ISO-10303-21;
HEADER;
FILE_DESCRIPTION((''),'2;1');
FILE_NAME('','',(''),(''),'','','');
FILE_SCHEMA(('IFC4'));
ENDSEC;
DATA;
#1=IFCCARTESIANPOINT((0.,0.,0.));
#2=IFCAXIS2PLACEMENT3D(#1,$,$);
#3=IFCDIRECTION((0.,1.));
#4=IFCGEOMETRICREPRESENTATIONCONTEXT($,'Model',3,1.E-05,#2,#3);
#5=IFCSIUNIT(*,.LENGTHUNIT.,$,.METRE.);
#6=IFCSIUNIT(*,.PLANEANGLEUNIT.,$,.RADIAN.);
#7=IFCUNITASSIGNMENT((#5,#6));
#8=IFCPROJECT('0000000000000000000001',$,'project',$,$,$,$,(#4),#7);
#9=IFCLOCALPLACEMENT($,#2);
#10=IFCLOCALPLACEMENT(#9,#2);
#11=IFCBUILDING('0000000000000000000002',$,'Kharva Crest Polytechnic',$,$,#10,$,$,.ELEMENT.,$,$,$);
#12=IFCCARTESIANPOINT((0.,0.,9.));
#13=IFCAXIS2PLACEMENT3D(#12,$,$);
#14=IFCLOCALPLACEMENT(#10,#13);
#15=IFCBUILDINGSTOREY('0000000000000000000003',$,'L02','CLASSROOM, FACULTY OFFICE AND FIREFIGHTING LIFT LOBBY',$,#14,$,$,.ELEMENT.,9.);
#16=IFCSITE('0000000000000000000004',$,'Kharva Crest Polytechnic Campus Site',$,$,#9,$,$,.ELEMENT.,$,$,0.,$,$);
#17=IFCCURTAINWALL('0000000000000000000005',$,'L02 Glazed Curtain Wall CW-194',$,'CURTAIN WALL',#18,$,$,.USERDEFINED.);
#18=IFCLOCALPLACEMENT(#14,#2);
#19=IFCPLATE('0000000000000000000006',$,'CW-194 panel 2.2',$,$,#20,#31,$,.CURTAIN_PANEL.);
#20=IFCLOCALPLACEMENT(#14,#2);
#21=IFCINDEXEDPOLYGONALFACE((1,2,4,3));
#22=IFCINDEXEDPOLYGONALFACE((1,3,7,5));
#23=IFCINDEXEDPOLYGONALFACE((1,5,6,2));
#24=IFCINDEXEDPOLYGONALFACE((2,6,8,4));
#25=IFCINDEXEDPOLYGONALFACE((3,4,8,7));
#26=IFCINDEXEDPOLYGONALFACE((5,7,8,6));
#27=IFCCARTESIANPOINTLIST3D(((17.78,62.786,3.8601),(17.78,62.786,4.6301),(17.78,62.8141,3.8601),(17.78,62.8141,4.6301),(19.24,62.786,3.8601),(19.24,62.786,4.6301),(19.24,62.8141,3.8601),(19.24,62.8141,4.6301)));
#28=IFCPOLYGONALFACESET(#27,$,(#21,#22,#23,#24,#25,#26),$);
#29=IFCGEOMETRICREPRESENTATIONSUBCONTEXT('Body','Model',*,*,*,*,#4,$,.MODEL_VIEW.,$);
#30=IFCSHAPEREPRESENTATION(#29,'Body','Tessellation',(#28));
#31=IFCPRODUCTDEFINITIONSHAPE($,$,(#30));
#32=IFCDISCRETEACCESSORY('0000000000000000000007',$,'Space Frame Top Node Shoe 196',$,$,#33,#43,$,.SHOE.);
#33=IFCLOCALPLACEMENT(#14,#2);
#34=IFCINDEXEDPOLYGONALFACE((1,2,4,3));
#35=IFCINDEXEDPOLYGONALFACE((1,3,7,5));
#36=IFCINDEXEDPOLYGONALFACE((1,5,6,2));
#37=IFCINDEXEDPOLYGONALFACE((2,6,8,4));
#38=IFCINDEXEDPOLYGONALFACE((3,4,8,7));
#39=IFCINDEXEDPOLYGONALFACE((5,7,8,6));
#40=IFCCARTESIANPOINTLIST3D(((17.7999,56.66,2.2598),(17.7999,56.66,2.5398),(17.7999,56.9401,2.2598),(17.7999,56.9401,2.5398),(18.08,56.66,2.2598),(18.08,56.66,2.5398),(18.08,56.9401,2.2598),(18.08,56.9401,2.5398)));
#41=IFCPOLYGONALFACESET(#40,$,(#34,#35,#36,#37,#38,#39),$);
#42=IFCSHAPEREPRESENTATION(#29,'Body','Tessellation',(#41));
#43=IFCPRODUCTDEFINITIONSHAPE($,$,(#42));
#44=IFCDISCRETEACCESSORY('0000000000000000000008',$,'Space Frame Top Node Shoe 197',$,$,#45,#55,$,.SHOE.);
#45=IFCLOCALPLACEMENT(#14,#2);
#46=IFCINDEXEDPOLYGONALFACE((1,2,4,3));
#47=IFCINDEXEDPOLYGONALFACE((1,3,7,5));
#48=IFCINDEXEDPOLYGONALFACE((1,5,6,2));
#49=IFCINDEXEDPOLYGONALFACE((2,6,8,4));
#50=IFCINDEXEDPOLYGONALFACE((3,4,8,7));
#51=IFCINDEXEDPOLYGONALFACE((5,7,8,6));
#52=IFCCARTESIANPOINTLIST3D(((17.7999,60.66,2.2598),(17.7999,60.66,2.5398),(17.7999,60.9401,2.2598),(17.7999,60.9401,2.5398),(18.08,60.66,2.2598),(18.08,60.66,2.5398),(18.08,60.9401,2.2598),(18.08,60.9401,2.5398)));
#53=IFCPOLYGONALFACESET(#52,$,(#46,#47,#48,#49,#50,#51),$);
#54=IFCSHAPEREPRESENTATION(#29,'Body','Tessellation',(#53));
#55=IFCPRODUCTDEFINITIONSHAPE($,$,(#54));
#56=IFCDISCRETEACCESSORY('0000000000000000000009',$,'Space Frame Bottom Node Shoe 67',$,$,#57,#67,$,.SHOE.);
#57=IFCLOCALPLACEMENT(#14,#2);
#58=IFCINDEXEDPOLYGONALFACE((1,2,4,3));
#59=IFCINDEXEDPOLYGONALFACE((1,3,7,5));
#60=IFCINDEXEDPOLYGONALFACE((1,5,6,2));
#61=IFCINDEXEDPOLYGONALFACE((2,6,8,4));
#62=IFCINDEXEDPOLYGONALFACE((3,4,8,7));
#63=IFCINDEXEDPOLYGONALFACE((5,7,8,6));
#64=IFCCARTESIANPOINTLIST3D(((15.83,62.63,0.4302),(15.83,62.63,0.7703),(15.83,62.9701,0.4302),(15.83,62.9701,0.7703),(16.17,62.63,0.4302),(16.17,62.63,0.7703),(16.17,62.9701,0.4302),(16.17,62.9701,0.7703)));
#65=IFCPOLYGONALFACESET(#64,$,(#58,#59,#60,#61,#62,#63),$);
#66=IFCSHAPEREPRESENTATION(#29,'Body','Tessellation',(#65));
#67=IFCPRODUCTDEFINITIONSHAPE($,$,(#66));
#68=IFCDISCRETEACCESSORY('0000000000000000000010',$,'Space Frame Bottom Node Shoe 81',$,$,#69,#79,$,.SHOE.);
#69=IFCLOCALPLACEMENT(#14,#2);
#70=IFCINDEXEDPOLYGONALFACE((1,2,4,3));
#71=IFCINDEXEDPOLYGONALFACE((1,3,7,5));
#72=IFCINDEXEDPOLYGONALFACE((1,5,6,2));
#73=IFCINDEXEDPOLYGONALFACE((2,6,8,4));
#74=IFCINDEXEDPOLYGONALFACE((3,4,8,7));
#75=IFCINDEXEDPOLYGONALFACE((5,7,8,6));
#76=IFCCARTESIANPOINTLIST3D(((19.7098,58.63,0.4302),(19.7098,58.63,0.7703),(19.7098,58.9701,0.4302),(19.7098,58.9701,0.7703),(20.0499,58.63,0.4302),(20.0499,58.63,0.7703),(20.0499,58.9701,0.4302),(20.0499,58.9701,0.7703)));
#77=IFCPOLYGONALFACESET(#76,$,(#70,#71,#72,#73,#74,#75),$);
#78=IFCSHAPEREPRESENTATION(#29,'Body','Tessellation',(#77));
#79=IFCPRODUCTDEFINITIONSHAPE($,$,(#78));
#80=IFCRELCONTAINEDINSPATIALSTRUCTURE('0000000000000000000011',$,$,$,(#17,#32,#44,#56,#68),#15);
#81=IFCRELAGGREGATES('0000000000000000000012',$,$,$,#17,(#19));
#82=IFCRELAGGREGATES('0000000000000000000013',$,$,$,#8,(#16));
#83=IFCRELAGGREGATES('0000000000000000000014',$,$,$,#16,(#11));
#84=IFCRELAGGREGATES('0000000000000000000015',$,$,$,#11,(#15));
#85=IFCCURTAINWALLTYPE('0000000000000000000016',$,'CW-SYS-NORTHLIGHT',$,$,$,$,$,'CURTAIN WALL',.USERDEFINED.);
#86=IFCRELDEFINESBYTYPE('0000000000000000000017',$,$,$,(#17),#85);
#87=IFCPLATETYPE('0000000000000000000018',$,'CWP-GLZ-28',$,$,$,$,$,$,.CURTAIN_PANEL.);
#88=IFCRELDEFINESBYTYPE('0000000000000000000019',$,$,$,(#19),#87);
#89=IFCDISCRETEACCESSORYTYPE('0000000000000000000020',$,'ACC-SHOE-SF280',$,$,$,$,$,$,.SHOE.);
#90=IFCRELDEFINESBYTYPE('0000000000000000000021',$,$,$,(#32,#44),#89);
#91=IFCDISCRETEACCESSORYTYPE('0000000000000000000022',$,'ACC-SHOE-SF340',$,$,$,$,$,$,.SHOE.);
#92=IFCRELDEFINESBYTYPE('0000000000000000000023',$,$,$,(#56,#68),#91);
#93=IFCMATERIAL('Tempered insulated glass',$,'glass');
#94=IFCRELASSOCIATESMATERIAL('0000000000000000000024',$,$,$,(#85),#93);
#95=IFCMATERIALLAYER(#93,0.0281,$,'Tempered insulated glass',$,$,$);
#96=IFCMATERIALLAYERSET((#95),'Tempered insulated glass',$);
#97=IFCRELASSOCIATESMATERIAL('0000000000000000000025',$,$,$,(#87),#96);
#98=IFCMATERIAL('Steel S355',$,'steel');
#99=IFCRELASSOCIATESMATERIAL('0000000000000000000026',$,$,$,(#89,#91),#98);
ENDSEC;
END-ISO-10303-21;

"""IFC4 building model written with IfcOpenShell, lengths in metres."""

from ifc_helpers import new_model, si_unit, direction, frame, origin, origin_2d, place, context, subcontext, project, spatial, rectangle, extrude, material, layer, layer_set, type_object, element, aggregate, save


model = new_model("IFC4")

# Units and contexts
model_context = context("Model", 3, precision=1e-05, world=origin(), true_north=direction((0.0, 1.0)))
body_context = subcontext(model_context, "Body", "Model", "MODEL_VIEW")
ifc_project = project(units=[si_unit("LENGTHUNIT", "METRE"), si_unit("PLANEANGLEUNIT", "RADIAN")], contexts=[model_context])

# Site, building, storey
site_placement = place(None, origin())
site = spatial("IfcSite", under=ifc_project, at=site_placement, Name="Kharva Crest Polytechnic Campus Site", CompositionType="ELEMENT", RefElevation=0.0)
building_placement = place(site_placement, origin())
building = spatial("IfcBuilding", under=site, at=building_placement, Name="Kharva Crest Polytechnic", CompositionType="ELEMENT")
storey_placement = place(building_placement, frame((0.0, 0.0, 9.0)))
storey = spatial("IfcBuildingStorey", under=building, at=storey_placement, Name="L02", Description="CLASSROOM, FACULTY OFFICE AND FIREFIGHTING LIFT LOBBY", CompositionType="ELEMENT", Elevation=9.0)

# Curtain wall
ifc_material_1 = material(Name="Tempered insulated glass", Category="glass")
curtain_wall_type = type_object("IfcCurtainWallType", Name="CW-SYS-NORTHLIGHT", ElementType="CURTAIN WALL", PredefinedType="USERDEFINED", material=ifc_material_1)
curtain_wall_placement = place(storey_placement, origin())
curtain_wall = element("IfcCurtainWall", 1, at=curtain_wall_placement, inside=storey, type_object=curtain_wall_type, Name="L02 Glazed Curtain Wall CW-194", ObjectType="CURTAIN WALL", PredefinedType="USERDEFINED")
ifc_material_2 = material(Name="Steel S355", Category="steel")

# Plate
ifc_layer = layer(ifc_material_1, 0.0281, Name="Tempered insulated glass")
ifc_layer_set = layer_set([ifc_layer], Name="Tempered insulated glass")
plate_type = type_object("IfcPlateType", Name="CWP-GLZ-28", PredefinedType="CURTAIN_PANEL", material=ifc_layer_set)
plate_1_placement = place(storey_placement, frame((18.51, 62.8, 3.8601), z_axis=(0.0, 0.0, 1.0), x_axis=(1.0, 0.0, 0.0)))
plate_1 = element("IfcPlate", 2, at=plate_1_placement, type_object=plate_type, Name="CW-194 panel 2.2", PredefinedType="CURTAIN_PANEL", context=body_context, shape_type="SweptSolid", body=[
    extrude(rectangle(XDim=1.46, YDim=0.0281, at=origin_2d()), origin(), (0.0, 0.0, 1.0), 0.77),
])
aggregate(curtain_wall, [plate_1])

# Discrete accessories
discrete_accessory_type_1 = type_object("IfcDiscreteAccessoryType", Name="ACC-SHOE-SF280", PredefinedType="SHOE", material=ifc_material_2)
for number, where, z_axis, x_axis, name in (
    (3, (17.9399, 56.8, 2.2598), (0.0, 0.0, 1.0), (1.0, 0.0, 0.0), "Space Frame Top Node Shoe 196"),
    (4, (17.9399, 60.8, 2.2598), (0.0, 0.0, 1.0), (1.0, 0.0, 0.0), "Space Frame Top Node Shoe 197"),
):
    element("IfcDiscreteAccessory", number, at=place(storey_placement, frame(where, z_axis=z_axis, x_axis=x_axis)), inside=storey, type_object=discrete_accessory_type_1, Name=name, PredefinedType="SHOE", context=body_context, shape_type="SweptSolid", body=[
        extrude(rectangle(XDim=0.28, YDim=0.28, at=origin_2d()), origin(), (0.0, 0.0, 1.0), 0.28),
    ])
discrete_accessory_type_2 = type_object("IfcDiscreteAccessoryType", Name="ACC-SHOE-SF340", PredefinedType="SHOE", material=ifc_material_2)
for number, where, z_axis, x_axis, name in (
    (5, (16.0, 62.8, 0.4302), (0.0, 0.0, 1.0), (1.0, 0.0, 0.0), "Space Frame Bottom Node Shoe 67"),
    (6, (19.8799, 58.8, 0.4302), (0.0, 0.0, 1.0), (1.0, 0.0, 0.0), "Space Frame Bottom Node Shoe 81"),
):
    element("IfcDiscreteAccessory", number, at=place(storey_placement, frame(where, z_axis=z_axis, x_axis=x_axis)), inside=storey, type_object=discrete_accessory_type_2, Name=name, PredefinedType="SHOE", context=body_context, shape_type="SweptSolid", body=[
        extrude(rectangle(XDim=0.3401, YDim=0.3401, at=origin_2d()), origin(), (0.0, 0.0, 1.0), 0.3401),
    ])

save(model, "model.ifc")
